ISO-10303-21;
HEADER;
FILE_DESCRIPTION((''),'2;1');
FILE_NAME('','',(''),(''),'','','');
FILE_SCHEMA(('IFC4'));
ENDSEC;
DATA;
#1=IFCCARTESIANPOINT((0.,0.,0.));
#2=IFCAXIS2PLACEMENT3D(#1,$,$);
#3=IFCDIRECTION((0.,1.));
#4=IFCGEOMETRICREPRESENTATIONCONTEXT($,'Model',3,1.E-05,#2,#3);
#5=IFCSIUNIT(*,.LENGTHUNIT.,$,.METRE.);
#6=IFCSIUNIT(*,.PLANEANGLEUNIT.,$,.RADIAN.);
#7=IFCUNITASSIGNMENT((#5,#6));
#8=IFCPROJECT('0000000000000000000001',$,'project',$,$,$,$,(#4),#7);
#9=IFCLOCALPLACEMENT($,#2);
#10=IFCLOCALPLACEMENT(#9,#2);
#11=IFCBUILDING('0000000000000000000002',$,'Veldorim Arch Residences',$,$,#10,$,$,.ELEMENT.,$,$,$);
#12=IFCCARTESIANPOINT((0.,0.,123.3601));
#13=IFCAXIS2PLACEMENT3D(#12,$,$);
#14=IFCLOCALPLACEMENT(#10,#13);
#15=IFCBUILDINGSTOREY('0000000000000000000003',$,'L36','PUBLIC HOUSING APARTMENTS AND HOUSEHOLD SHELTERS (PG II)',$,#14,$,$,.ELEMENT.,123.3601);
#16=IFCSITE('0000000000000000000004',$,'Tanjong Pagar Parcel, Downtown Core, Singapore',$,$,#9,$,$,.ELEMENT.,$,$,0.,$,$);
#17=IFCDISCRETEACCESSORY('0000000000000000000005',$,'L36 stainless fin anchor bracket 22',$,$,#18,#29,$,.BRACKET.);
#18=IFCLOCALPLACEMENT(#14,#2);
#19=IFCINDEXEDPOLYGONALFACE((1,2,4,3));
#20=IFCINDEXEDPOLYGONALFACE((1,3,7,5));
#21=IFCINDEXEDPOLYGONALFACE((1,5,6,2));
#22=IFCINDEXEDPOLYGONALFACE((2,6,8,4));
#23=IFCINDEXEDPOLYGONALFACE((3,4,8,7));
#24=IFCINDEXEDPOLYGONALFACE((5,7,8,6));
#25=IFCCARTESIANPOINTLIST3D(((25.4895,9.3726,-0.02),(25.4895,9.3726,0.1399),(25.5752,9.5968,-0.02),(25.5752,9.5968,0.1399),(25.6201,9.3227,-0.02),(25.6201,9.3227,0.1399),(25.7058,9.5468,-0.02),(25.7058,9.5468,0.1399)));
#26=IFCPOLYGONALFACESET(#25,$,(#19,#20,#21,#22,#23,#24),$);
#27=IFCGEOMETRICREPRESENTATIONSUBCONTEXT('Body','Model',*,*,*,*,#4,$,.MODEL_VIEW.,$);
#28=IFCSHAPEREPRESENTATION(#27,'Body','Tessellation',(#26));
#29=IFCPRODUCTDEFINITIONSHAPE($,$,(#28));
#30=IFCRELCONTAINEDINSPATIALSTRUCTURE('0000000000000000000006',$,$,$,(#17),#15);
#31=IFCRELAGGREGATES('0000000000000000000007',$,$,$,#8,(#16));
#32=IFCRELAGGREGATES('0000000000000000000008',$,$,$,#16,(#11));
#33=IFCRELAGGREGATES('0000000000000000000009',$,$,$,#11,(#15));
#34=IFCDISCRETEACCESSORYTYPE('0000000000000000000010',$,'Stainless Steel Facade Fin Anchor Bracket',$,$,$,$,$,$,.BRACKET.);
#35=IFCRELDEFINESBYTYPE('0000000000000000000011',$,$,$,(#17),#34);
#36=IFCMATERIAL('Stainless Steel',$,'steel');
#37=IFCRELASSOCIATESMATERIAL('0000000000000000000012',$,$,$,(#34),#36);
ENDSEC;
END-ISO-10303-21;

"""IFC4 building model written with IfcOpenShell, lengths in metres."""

from ifc_helpers import new_model, si_unit, direction, frame, origin, origin_2d, place, context, subcontext, project, spatial, rectangle, extrude, material, type_object, element, save


model = new_model("IFC4")

# Units and contexts
model_context = context("Model", 3, precision=1e-05, world=origin(), true_north=direction((0.0, 1.0)))
body_context = subcontext(model_context, "Body", "Model", "MODEL_VIEW")
ifc_project = project(units=[si_unit("LENGTHUNIT", "METRE"), si_unit("PLANEANGLEUNIT", "RADIAN")], contexts=[model_context])

# Site, building, storey
site_placement = place(None, origin())
site = spatial("IfcSite", under=ifc_project, at=site_placement, Name="Tanjong Pagar Parcel, Downtown Core, Singapore", CompositionType="ELEMENT", RefElevation=0.0)
building_placement = place(site_placement, origin())
building = spatial("IfcBuilding", under=site, at=building_placement, Name="Veldorim Arch Residences", CompositionType="ELEMENT")
storey_placement = place(building_placement, frame((0.0, 0.0, 123.3601)))
storey = spatial("IfcBuildingStorey", under=building, at=storey_placement, Name="L36", Description="PUBLIC HOUSING APARTMENTS AND HOUSEHOLD SHELTERS (PG II)", CompositionType="ELEMENT", Elevation=123.3601)

# Discrete accessory
ifc_material_1 = material(Name="Stainless Steel", Category="steel")
discrete_accessory_type = type_object("IfcDiscreteAccessoryType", Name="Stainless Steel Facade Fin Anchor Bracket", PredefinedType="BRACKET", material=ifc_material_1)
discrete_accessory_placement = place(storey_placement, frame((25.5977, 9.4597, -0.02), z_axis=(0.0, 0.0, 1.0), x_axis=(-0.93408, 0.357064, 0.0)))
element("IfcDiscreteAccessory", 1, at=discrete_accessory_placement, inside=storey, type_object=discrete_accessory_type, Name="L36 stainless fin anchor bracket 22", PredefinedType="BRACKET", context=body_context, shape_type="SweptSolid", body=[
    extrude(rectangle(XDim=0.1399, YDim=0.24, at=origin_2d()), origin(), (0.0, 0.0, 1.0), 0.1599),
])

save(model, "model.ifc")
